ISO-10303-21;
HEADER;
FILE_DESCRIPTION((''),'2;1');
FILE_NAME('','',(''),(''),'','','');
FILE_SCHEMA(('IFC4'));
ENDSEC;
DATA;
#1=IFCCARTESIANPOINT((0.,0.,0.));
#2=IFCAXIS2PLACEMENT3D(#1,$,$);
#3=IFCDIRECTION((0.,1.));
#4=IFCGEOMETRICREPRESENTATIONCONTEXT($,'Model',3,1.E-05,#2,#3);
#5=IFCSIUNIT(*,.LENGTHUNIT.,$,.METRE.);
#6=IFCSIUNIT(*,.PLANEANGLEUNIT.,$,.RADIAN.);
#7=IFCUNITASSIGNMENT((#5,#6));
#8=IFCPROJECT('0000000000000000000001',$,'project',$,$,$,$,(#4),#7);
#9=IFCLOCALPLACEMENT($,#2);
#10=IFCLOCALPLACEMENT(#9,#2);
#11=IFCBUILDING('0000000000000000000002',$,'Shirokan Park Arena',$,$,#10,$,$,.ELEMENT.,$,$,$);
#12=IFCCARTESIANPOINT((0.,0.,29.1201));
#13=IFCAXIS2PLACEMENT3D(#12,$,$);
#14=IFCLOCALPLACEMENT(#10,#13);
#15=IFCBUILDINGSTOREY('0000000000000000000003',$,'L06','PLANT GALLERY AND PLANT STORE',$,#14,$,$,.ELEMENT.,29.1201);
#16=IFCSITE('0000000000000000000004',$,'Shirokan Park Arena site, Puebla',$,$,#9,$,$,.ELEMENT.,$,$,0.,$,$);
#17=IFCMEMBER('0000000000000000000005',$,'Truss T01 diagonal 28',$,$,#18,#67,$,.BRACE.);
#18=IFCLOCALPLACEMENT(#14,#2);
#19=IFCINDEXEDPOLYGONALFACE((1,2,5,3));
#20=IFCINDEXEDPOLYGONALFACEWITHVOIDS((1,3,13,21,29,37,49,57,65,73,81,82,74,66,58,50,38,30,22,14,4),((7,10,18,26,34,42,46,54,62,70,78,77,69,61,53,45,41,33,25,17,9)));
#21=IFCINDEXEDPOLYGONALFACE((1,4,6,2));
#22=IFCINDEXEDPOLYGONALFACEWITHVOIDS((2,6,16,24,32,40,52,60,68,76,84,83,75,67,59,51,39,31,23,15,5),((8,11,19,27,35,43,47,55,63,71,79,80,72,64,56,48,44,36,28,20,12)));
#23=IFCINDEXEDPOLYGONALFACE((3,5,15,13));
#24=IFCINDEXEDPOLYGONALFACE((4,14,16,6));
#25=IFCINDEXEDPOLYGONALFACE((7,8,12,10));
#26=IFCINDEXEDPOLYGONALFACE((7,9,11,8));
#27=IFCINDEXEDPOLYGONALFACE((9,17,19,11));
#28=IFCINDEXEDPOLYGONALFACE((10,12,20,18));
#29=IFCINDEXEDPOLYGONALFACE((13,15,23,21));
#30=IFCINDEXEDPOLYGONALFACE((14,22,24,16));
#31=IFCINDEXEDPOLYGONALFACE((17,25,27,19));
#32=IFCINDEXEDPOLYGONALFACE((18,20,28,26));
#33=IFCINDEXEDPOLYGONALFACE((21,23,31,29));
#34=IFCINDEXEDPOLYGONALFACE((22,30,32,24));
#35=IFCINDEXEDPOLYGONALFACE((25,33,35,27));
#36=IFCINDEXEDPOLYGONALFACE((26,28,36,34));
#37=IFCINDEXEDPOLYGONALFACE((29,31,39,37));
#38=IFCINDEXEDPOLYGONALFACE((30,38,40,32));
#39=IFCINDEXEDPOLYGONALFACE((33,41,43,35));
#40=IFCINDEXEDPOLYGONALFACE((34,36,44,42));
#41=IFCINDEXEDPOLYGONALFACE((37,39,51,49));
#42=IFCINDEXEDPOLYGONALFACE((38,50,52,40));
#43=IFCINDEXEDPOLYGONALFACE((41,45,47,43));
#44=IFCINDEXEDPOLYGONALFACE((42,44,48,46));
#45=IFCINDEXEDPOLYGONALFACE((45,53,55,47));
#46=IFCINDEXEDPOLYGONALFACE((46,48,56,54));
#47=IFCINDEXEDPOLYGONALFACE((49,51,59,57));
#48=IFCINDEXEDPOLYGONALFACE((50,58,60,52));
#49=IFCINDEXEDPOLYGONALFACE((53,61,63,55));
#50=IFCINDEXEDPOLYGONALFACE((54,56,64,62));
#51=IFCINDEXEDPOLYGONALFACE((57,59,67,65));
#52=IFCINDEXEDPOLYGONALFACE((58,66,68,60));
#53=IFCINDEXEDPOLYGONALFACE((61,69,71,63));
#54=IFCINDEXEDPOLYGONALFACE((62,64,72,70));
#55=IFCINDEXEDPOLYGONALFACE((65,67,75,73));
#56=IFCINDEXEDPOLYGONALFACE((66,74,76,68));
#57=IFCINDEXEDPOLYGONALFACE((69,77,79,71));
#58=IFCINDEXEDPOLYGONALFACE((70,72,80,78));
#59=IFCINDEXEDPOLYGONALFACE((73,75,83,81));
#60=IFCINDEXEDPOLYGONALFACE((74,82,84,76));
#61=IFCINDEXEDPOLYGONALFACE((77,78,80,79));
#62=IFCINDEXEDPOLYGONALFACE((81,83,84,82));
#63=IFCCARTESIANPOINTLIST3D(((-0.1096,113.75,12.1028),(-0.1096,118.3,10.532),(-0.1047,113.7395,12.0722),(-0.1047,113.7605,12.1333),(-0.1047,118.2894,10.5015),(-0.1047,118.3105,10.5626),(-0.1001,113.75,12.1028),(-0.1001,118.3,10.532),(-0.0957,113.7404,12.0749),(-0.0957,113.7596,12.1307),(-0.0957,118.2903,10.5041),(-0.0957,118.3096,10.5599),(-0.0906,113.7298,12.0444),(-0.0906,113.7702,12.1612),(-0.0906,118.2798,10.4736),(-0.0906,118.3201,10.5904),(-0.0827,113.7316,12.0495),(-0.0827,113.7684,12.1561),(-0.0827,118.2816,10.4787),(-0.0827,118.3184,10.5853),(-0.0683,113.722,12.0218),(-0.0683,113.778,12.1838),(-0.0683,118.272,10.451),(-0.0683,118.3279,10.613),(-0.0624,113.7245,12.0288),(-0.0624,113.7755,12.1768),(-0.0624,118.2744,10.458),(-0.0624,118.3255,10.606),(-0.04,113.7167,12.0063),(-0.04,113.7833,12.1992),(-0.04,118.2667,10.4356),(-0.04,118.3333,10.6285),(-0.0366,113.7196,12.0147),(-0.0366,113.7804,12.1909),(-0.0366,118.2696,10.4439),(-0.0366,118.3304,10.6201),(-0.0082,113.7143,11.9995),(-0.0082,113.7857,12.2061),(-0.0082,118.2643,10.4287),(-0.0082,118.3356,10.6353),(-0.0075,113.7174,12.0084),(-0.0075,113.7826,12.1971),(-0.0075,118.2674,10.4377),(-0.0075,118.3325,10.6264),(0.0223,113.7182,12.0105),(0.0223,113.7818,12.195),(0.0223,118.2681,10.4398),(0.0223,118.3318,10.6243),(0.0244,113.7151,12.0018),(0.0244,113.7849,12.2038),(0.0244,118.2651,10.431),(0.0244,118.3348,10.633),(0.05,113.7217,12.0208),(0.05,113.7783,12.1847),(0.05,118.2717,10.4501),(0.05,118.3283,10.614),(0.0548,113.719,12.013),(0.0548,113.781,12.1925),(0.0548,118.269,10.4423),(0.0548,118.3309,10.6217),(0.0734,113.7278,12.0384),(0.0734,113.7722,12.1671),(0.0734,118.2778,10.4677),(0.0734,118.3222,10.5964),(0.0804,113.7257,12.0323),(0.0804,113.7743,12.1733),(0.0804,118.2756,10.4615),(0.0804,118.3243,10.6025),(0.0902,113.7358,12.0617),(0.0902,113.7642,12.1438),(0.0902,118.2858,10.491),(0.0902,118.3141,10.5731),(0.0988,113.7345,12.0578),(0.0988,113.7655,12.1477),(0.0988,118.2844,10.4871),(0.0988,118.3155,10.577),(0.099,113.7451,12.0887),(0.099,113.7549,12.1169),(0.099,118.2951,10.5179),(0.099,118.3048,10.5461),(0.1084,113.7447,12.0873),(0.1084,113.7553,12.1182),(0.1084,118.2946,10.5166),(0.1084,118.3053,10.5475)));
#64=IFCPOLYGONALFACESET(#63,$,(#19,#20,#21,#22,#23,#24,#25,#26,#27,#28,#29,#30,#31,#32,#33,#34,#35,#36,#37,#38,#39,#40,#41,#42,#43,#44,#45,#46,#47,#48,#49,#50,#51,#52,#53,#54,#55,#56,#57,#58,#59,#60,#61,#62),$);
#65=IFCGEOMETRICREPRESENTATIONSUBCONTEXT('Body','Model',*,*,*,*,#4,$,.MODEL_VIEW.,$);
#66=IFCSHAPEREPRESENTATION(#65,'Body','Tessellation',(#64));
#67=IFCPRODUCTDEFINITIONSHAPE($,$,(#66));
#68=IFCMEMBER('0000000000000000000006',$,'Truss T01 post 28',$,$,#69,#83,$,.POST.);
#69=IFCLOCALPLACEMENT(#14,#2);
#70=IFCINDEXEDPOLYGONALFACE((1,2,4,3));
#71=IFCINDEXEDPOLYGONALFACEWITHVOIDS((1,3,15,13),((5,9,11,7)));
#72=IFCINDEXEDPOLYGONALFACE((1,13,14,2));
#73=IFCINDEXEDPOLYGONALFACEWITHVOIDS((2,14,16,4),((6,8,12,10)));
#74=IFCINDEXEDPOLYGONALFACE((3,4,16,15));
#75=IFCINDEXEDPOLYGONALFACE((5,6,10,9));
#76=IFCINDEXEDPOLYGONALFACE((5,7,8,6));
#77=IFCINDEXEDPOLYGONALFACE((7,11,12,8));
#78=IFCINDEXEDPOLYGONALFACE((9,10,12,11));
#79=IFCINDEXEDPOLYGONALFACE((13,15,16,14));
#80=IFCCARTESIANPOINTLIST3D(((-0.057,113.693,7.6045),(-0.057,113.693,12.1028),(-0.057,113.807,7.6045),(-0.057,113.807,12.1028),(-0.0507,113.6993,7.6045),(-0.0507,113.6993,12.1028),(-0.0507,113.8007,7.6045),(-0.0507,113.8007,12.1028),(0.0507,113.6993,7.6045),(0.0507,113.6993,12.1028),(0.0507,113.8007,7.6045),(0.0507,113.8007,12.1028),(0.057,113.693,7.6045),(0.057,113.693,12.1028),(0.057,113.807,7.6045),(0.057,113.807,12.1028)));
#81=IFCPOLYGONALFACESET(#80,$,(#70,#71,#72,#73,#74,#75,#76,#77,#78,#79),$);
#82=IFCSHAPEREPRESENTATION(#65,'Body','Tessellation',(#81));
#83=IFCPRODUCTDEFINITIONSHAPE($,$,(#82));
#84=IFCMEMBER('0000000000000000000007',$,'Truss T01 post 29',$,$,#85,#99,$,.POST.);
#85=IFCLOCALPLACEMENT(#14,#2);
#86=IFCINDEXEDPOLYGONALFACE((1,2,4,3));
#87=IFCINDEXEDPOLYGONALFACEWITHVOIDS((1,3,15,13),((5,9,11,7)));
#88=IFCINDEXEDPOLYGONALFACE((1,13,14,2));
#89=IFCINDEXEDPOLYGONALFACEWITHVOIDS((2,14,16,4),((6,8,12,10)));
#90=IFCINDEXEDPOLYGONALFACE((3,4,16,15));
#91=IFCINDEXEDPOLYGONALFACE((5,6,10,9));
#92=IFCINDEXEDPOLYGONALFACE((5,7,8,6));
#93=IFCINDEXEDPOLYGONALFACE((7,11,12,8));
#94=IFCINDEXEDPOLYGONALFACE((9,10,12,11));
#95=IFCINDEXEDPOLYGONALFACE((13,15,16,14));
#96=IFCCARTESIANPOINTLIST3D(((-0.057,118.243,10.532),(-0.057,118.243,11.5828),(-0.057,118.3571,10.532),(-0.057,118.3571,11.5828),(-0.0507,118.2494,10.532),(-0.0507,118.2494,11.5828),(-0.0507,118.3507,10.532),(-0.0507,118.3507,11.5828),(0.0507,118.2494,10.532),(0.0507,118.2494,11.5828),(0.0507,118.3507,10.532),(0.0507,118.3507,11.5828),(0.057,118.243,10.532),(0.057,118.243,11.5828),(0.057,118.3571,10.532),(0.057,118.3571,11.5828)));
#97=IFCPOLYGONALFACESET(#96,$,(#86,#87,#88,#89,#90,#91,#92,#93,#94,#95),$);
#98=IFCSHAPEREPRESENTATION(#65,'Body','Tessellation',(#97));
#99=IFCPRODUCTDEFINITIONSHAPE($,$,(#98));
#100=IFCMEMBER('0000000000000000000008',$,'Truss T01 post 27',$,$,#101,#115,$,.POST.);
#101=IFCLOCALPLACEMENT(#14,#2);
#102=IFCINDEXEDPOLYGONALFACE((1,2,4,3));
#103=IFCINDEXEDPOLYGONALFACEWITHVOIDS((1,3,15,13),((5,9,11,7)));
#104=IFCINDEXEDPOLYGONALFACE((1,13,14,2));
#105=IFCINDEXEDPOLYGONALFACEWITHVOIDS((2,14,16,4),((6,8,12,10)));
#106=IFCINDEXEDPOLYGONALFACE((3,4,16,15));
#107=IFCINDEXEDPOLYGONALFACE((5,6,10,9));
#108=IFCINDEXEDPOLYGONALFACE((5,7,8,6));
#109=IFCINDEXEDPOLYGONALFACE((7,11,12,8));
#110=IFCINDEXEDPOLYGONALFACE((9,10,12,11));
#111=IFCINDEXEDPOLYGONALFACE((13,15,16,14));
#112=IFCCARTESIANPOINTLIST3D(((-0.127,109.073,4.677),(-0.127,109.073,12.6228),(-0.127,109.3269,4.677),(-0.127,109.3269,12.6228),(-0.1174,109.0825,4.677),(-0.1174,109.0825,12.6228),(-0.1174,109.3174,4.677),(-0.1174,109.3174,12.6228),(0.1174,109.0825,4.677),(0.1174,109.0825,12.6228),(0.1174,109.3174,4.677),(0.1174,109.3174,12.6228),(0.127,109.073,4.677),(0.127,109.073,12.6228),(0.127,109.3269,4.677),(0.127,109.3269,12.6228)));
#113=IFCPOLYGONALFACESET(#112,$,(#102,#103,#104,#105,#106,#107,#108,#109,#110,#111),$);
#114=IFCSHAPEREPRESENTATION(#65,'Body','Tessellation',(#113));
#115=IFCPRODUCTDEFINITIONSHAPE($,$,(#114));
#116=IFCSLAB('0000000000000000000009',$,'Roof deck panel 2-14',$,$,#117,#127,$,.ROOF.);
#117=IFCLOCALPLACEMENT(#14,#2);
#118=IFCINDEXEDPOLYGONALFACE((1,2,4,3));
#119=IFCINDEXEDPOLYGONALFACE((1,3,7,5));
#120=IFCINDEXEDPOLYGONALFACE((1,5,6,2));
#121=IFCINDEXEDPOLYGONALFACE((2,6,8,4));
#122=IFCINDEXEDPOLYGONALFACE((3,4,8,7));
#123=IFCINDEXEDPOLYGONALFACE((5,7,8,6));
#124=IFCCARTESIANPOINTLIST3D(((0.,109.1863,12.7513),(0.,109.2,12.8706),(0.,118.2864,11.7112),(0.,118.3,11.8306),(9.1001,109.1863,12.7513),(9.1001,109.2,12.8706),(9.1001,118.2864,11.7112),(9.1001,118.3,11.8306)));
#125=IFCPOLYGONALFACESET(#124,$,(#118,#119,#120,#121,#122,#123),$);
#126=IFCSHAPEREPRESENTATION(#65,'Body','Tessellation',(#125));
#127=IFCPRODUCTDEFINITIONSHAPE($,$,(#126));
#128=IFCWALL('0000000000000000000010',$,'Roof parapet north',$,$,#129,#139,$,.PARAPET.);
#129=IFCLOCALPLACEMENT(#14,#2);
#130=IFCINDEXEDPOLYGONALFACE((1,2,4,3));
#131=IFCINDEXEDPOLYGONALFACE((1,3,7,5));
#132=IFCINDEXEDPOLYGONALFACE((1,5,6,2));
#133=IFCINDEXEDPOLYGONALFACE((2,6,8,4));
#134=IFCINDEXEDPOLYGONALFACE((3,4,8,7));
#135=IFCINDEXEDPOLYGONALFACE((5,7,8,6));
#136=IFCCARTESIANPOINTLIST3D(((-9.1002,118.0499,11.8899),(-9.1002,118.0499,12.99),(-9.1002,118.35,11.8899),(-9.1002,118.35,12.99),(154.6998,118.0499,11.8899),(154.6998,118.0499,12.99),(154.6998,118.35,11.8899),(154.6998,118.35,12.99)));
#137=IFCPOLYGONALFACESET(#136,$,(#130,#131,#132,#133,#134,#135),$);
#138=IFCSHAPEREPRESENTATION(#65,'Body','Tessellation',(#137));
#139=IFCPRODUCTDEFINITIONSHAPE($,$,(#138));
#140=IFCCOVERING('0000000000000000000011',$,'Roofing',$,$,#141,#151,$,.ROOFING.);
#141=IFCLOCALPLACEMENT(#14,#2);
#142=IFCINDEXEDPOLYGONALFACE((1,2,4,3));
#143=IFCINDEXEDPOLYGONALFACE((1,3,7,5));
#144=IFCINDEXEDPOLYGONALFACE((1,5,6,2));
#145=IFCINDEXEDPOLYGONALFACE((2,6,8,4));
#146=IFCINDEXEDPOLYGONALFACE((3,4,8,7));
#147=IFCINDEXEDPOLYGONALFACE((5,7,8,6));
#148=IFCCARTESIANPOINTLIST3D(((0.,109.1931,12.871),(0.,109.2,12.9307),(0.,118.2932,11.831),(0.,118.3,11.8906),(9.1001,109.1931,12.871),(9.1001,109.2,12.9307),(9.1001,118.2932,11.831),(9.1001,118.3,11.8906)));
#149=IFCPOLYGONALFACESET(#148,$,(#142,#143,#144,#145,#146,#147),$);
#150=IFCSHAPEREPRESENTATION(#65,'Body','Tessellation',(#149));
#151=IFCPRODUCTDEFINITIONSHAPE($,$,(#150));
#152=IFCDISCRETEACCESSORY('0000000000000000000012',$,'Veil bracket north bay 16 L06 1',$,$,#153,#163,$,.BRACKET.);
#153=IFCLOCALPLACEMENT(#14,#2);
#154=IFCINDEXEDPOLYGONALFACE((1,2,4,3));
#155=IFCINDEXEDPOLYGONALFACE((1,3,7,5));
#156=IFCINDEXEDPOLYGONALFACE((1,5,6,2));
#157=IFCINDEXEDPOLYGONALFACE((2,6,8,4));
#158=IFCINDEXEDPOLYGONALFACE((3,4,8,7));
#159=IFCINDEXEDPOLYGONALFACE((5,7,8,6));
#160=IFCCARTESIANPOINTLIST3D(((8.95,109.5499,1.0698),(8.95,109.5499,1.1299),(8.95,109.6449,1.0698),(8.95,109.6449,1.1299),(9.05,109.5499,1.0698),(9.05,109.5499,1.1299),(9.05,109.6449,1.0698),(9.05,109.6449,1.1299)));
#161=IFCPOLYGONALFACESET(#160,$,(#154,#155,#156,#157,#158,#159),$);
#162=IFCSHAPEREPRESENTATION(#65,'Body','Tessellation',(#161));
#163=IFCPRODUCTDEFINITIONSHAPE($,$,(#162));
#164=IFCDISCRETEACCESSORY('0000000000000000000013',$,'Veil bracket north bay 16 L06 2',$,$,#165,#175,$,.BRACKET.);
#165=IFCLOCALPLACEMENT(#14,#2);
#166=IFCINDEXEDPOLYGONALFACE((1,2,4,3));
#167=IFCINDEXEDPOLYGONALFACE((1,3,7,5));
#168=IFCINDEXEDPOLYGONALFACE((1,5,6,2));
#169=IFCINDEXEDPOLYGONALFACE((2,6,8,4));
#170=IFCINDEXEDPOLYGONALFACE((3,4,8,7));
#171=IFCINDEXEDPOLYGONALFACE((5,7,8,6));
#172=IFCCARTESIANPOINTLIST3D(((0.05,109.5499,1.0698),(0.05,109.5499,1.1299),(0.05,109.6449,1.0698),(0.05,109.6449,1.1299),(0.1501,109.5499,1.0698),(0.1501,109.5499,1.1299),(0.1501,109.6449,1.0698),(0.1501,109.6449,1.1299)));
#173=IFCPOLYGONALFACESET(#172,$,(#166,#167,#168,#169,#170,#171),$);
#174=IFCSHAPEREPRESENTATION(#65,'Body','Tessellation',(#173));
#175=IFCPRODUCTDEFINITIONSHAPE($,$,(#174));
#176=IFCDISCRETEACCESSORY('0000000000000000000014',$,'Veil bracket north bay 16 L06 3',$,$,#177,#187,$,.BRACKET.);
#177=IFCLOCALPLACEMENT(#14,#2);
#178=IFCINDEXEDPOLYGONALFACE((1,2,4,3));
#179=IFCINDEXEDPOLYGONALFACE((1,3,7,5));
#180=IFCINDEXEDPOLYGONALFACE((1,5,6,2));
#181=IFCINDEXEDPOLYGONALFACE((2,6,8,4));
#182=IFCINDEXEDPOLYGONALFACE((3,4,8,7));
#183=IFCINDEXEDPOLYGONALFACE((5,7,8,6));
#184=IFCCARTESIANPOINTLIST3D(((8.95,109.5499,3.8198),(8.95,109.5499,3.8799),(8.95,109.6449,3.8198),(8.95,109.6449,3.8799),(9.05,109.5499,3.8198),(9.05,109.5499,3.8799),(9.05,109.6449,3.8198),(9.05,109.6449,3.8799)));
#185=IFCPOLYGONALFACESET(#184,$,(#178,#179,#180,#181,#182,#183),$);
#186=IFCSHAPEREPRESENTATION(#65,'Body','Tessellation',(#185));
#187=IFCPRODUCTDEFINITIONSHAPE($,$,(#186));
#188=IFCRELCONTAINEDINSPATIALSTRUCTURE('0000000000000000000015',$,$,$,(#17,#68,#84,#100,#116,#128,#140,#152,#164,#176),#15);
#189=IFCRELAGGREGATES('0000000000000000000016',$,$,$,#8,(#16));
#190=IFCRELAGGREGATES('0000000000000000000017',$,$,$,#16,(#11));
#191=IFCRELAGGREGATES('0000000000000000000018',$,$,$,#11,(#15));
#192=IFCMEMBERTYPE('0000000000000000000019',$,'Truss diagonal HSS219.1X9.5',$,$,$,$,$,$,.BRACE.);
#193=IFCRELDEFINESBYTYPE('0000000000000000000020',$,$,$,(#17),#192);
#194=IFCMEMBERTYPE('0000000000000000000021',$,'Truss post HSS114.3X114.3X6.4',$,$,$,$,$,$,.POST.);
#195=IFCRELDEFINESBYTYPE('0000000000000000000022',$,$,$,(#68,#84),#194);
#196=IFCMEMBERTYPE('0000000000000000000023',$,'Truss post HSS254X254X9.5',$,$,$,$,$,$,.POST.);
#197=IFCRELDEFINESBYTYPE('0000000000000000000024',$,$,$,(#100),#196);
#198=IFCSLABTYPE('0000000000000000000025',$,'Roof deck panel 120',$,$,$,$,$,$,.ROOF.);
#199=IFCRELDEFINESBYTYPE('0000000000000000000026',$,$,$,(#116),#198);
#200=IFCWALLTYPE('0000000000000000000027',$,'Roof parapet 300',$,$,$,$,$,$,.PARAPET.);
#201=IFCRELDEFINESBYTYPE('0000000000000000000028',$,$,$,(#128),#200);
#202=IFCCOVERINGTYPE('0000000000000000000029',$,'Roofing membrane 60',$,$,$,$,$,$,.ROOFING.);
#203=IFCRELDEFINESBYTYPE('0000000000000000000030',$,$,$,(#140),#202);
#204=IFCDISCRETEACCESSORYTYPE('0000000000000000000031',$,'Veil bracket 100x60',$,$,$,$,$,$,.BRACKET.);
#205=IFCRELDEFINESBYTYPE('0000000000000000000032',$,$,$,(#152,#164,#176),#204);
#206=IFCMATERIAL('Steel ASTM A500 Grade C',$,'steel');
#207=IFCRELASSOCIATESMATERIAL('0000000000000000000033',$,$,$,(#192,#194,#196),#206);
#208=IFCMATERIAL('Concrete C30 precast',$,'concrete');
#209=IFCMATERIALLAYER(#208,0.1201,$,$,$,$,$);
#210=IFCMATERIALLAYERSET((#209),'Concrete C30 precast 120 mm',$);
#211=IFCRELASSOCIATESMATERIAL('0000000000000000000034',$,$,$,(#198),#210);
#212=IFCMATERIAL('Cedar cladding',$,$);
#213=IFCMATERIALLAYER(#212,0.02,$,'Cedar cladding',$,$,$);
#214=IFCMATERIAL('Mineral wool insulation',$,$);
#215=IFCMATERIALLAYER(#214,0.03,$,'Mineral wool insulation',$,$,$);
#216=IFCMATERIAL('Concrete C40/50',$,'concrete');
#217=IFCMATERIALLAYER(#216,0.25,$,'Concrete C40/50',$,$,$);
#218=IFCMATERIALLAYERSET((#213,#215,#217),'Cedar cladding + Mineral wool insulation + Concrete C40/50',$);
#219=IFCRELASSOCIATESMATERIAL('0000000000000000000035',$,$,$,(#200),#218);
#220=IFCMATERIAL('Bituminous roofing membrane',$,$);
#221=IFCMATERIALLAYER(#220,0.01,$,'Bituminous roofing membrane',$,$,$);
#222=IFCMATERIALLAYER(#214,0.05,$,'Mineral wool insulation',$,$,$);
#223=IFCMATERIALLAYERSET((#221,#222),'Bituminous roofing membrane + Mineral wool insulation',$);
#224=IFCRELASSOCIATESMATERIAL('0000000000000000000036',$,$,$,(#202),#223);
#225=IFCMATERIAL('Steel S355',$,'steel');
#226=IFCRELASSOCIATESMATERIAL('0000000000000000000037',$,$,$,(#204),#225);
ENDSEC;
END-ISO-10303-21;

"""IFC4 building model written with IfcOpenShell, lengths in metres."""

from ifc_helpers import new_model, si_unit, direction, frame, frame_2d, origin, origin_2d, place, context, subcontext, project, spatial, polyline, rectangle, hollow_rectangle, hollow_circle, outline, extrude, material, layer, layer_set, material_profile, profile_set, type_object, element, save


model = new_model("IFC4")

# Units and contexts
model_context = context("Model", 3, precision=1e-05, world=origin(), true_north=direction((0.0, 1.0)))
body_context = subcontext(model_context, "Body", "Model", "MODEL_VIEW")
ifc_project = project(units=[si_unit("LENGTHUNIT", "METRE"), si_unit("PLANEANGLEUNIT", "RADIAN")], contexts=[model_context])

# Site, building, storey
site_placement = place(None, origin())
site = spatial("IfcSite", under=ifc_project, at=site_placement, Name="Shirokan Park Arena site, Puebla", CompositionType="ELEMENT", RefElevation=0.0)
building_placement = place(site_placement, origin())
building = spatial("IfcBuilding", under=site, at=building_placement, Name="Shirokan Park Arena", CompositionType="ELEMENT")
storey_placement = place(building_placement, frame((0.0, 0.0, 29.1201)))
storey = spatial("IfcBuildingStorey", under=building, at=storey_placement, Name="L06", Description="PLANT GALLERY AND PLANT STORE", CompositionType="ELEMENT", Elevation=29.1201)

# Shared definitions
ifc_material_1 = material(Name="Steel ASTM A500 Grade C", Category="steel")

# Members
ifc_material_profile_1 = material_profile(ifc_material_1, hollow_circle(Radius=0.1096, WallThickness=0.0095, at=origin_2d()), Name="HSS219.1X9.5")
ifc_profile_set_1 = profile_set([ifc_material_profile_1], Name="Steel ASTM A500 Grade C")
member_type_1 = type_object("IfcMemberType", Name="Truss diagonal HSS219.1X9.5", PredefinedType="BRACE", material=ifc_profile_set_1)
member_1_placement = place(storey_placement, frame((0.0, 113.75, 12.1028), z_axis=(0.0, 0.945256, -0.326328), x_axis=(-1.0, 0.0, 0.0)))
element("IfcMember", 1, at=member_1_placement, inside=storey, type_object=member_type_1, Name="Truss T01 diagonal 28", PredefinedType="BRACE", context=body_context, shape_type="SweptSolid", body=[
    extrude(hollow_circle(Radius=0.1096, WallThickness=0.0095, at=origin_2d()), origin(), (0.0, 0.0, 1.0), 4.8135),
])
ifc_material_profile_2 = material_profile(ifc_material_1, hollow_rectangle(XDim=0.114, YDim=0.114, WallThickness=0.0063, at=origin_2d()), Name="HSS114.3X114.3X6.4")
ifc_profile_set_2 = profile_set([ifc_material_profile_2], Name="Steel ASTM A500 Grade C")
member_type_2 = type_object("IfcMemberType", Name="Truss post HSS114.3X114.3X6.4", PredefinedType="POST", material=ifc_profile_set_2)
member_2_placement = place(storey_placement, frame((0.0, 113.75, 7.6045), z_axis=(0.0, 0.0, 1.0), x_axis=(1.0, 0.0, 0.0)))
element("IfcMember", 2, at=member_2_placement, inside=storey, type_object=member_type_2, Name="Truss T01 post 28", PredefinedType="POST", context=body_context, shape_type="SweptSolid", body=[
    extrude(hollow_rectangle(XDim=0.114, YDim=0.114, WallThickness=0.0063, at=origin_2d()), origin(), (0.0, 0.0, 1.0), 4.4983),
])
member_3_placement = place(storey_placement, frame((0.0, 118.3, 10.532), z_axis=(0.0, 0.0, 1.0), x_axis=(1.0, 0.0, 0.0)))
element("IfcMember", 3, at=member_3_placement, inside=storey, type_object=member_type_2, Name="Truss T01 post 29", PredefinedType="POST", context=body_context, shape_type="SweptSolid", body=[
    extrude(hollow_rectangle(XDim=0.114, YDim=0.114, WallThickness=0.0063, at=origin_2d()), origin(), (0.0, 0.0, 1.0), 1.0508),
])
ifc_material_profile_3 = material_profile(ifc_material_1, hollow_rectangle(XDim=0.2539, YDim=0.2539, WallThickness=0.0095, at=origin_2d()), Name="HSS254X254X9.5")
ifc_profile_set_3 = profile_set([ifc_material_profile_3], Name="Steel ASTM A500 Grade C")
member_type_3 = type_object("IfcMemberType", Name="Truss post HSS254X254X9.5", PredefinedType="POST", material=ifc_profile_set_3)
member_4_placement = place(storey_placement, frame((0.0, 109.2, 4.677), z_axis=(0.0, 0.0, 1.0), x_axis=(1.0, 0.0, 0.0)))
element("IfcMember", 4, at=member_4_placement, inside=storey, type_object=member_type_3, Name="Truss T01 post 27", PredefinedType="POST", context=body_context, shape_type="SweptSolid", body=[
    extrude(hollow_rectangle(XDim=0.2539, YDim=0.2539, WallThickness=0.0095, at=origin_2d()), origin(), (0.0, 0.0, 1.0), 7.9458),
])

# Slab
ifc_material_2 = material(Name="Concrete C30 precast", Category="concrete")
ifc_layer_1 = layer(ifc_material_2, 0.1201)
ifc_layer_set_1 = layer_set([ifc_layer_1], Name="Concrete C30 precast 120 mm")
slab_type = type_object("IfcSlabType", Name="Roof deck panel 120", PredefinedType="ROOF", material=ifc_layer_set_1)
slab_placement = place(storey_placement, frame((0.0, 109.2, 12.8706), z_axis=(0.0, 0.11355, 0.993532), x_axis=(1.0, 0.0, 0.0)))
element("IfcSlab", 5, at=slab_placement, inside=storey, type_object=slab_type, Name="Roof deck panel 2-14", PredefinedType="ROOF", context=body_context, shape_type="SweptSolid", body=[
    extrude(outline(polyline([(0.0, 0.0), (9.1001, 0.0), (9.1001, 9.1593), (0.0, 9.1593), (0.0, 0.0)])), origin(), (0.0, 0.0, -1.0), 0.1201),
])

# Wall
ifc_material_3 = material(Name="Cedar cladding")
ifc_layer_2 = layer(ifc_material_3, 0.02, Name="Cedar cladding")
ifc_material_4 = material(Name="Mineral wool insulation")
ifc_layer_3 = layer(ifc_material_4, 0.03, Name="Mineral wool insulation")
ifc_material_5 = material(Name="Concrete C40/50", Category="concrete")
ifc_layer_4 = layer(ifc_material_5, 0.25, Name="Concrete C40/50")
ifc_layer_set_2 = layer_set([ifc_layer_2, ifc_layer_3, ifc_layer_4], Name="Cedar cladding + Mineral wool insulation + Concrete C40/50")
wall_type = type_object("IfcWallType", Name="Roof parapet 300", PredefinedType="PARAPET", material=ifc_layer_set_2)
wall_placement = place(storey_placement, frame((-9.1001, 118.2, 11.8899), z_axis=(0.0, 0.0, 1.0), x_axis=(1.0, 0.0, 0.0)))
element("IfcWall", 6, at=wall_placement, inside=storey, type_object=wall_type, Name="Roof parapet north", PredefinedType="PARAPET", context=body_context, shape_type="SweptSolid", body=[
    extrude(rectangle(XDim=163.8, YDim=0.3, at=frame_2d((81.8999, 0.0))), origin(), (0.0, 0.0, 1.0), 1.1001),
])

# Covering
ifc_material_6 = material(Name="Bituminous roofing membrane")
ifc_layer_5 = layer(ifc_material_6, 0.01, Name="Bituminous roofing membrane")
ifc_layer_6 = layer(ifc_material_4, 0.05, Name="Mineral wool insulation")
ifc_layer_set_3 = layer_set([ifc_layer_5, ifc_layer_6], Name="Bituminous roofing membrane + Mineral wool insulation")
covering_type = type_object("IfcCoveringType", Name="Roofing membrane 60", PredefinedType="ROOFING", material=ifc_layer_set_3)
covering_placement = place(storey_placement, frame((0.0, 109.2, 12.9307), z_axis=(0.0, 0.11355, 0.993532), x_axis=(1.0, 0.0, 0.0)))
element("IfcCovering", 7, at=covering_placement, inside=storey, type_object=covering_type, Name="Roofing", PredefinedType="ROOFING", context=body_context, shape_type="SweptSolid", body=[
    extrude(outline(polyline([(0.0, 0.0), (9.1001, 0.0), (9.1001, 9.1593), (0.0, 9.1593), (0.0, 0.0)])), origin(), (0.0, 0.0, -1.0), 0.0601),
])

# Discrete accessories
ifc_material_7 = material(Name="Steel S355", Category="steel")
discrete_accessory_type = type_object("IfcDiscreteAccessoryType", Name="Veil bracket 100x60", PredefinedType="BRACKET", material=ifc_material_7)
for number, where, z_axis, x_axis, name in (
    (8, (9.0, 109.5974, 1.0698), (0.0, 0.0, 1.0), (-1.0, 0.0, 0.0), "Veil bracket north bay 16 L06 1"),
    (9, (0.1001, 109.5974, 1.0698), (0.0, 0.0, 1.0), (-1.0, 0.0, 0.0), "Veil bracket north bay 16 L06 2"),
    (10, (9.0, 109.5974, 3.8198), (0.0, 0.0, 1.0), (-1.0, 0.0, 0.0), "Veil bracket north bay 16 L06 3"),
):
    element("IfcDiscreteAccessory", number, at=place(storey_placement, frame(where, z_axis=z_axis, x_axis=x_axis)), inside=storey, type_object=discrete_accessory_type, Name=name, PredefinedType="BRACKET", context=body_context, shape_type="SweptSolid", body=[
        extrude(rectangle(XDim=0.1001, YDim=0.095, at=origin_2d()), origin(), (0.0, 0.0, 1.0), 0.0601),
    ])

save(model, "model.ifc")
